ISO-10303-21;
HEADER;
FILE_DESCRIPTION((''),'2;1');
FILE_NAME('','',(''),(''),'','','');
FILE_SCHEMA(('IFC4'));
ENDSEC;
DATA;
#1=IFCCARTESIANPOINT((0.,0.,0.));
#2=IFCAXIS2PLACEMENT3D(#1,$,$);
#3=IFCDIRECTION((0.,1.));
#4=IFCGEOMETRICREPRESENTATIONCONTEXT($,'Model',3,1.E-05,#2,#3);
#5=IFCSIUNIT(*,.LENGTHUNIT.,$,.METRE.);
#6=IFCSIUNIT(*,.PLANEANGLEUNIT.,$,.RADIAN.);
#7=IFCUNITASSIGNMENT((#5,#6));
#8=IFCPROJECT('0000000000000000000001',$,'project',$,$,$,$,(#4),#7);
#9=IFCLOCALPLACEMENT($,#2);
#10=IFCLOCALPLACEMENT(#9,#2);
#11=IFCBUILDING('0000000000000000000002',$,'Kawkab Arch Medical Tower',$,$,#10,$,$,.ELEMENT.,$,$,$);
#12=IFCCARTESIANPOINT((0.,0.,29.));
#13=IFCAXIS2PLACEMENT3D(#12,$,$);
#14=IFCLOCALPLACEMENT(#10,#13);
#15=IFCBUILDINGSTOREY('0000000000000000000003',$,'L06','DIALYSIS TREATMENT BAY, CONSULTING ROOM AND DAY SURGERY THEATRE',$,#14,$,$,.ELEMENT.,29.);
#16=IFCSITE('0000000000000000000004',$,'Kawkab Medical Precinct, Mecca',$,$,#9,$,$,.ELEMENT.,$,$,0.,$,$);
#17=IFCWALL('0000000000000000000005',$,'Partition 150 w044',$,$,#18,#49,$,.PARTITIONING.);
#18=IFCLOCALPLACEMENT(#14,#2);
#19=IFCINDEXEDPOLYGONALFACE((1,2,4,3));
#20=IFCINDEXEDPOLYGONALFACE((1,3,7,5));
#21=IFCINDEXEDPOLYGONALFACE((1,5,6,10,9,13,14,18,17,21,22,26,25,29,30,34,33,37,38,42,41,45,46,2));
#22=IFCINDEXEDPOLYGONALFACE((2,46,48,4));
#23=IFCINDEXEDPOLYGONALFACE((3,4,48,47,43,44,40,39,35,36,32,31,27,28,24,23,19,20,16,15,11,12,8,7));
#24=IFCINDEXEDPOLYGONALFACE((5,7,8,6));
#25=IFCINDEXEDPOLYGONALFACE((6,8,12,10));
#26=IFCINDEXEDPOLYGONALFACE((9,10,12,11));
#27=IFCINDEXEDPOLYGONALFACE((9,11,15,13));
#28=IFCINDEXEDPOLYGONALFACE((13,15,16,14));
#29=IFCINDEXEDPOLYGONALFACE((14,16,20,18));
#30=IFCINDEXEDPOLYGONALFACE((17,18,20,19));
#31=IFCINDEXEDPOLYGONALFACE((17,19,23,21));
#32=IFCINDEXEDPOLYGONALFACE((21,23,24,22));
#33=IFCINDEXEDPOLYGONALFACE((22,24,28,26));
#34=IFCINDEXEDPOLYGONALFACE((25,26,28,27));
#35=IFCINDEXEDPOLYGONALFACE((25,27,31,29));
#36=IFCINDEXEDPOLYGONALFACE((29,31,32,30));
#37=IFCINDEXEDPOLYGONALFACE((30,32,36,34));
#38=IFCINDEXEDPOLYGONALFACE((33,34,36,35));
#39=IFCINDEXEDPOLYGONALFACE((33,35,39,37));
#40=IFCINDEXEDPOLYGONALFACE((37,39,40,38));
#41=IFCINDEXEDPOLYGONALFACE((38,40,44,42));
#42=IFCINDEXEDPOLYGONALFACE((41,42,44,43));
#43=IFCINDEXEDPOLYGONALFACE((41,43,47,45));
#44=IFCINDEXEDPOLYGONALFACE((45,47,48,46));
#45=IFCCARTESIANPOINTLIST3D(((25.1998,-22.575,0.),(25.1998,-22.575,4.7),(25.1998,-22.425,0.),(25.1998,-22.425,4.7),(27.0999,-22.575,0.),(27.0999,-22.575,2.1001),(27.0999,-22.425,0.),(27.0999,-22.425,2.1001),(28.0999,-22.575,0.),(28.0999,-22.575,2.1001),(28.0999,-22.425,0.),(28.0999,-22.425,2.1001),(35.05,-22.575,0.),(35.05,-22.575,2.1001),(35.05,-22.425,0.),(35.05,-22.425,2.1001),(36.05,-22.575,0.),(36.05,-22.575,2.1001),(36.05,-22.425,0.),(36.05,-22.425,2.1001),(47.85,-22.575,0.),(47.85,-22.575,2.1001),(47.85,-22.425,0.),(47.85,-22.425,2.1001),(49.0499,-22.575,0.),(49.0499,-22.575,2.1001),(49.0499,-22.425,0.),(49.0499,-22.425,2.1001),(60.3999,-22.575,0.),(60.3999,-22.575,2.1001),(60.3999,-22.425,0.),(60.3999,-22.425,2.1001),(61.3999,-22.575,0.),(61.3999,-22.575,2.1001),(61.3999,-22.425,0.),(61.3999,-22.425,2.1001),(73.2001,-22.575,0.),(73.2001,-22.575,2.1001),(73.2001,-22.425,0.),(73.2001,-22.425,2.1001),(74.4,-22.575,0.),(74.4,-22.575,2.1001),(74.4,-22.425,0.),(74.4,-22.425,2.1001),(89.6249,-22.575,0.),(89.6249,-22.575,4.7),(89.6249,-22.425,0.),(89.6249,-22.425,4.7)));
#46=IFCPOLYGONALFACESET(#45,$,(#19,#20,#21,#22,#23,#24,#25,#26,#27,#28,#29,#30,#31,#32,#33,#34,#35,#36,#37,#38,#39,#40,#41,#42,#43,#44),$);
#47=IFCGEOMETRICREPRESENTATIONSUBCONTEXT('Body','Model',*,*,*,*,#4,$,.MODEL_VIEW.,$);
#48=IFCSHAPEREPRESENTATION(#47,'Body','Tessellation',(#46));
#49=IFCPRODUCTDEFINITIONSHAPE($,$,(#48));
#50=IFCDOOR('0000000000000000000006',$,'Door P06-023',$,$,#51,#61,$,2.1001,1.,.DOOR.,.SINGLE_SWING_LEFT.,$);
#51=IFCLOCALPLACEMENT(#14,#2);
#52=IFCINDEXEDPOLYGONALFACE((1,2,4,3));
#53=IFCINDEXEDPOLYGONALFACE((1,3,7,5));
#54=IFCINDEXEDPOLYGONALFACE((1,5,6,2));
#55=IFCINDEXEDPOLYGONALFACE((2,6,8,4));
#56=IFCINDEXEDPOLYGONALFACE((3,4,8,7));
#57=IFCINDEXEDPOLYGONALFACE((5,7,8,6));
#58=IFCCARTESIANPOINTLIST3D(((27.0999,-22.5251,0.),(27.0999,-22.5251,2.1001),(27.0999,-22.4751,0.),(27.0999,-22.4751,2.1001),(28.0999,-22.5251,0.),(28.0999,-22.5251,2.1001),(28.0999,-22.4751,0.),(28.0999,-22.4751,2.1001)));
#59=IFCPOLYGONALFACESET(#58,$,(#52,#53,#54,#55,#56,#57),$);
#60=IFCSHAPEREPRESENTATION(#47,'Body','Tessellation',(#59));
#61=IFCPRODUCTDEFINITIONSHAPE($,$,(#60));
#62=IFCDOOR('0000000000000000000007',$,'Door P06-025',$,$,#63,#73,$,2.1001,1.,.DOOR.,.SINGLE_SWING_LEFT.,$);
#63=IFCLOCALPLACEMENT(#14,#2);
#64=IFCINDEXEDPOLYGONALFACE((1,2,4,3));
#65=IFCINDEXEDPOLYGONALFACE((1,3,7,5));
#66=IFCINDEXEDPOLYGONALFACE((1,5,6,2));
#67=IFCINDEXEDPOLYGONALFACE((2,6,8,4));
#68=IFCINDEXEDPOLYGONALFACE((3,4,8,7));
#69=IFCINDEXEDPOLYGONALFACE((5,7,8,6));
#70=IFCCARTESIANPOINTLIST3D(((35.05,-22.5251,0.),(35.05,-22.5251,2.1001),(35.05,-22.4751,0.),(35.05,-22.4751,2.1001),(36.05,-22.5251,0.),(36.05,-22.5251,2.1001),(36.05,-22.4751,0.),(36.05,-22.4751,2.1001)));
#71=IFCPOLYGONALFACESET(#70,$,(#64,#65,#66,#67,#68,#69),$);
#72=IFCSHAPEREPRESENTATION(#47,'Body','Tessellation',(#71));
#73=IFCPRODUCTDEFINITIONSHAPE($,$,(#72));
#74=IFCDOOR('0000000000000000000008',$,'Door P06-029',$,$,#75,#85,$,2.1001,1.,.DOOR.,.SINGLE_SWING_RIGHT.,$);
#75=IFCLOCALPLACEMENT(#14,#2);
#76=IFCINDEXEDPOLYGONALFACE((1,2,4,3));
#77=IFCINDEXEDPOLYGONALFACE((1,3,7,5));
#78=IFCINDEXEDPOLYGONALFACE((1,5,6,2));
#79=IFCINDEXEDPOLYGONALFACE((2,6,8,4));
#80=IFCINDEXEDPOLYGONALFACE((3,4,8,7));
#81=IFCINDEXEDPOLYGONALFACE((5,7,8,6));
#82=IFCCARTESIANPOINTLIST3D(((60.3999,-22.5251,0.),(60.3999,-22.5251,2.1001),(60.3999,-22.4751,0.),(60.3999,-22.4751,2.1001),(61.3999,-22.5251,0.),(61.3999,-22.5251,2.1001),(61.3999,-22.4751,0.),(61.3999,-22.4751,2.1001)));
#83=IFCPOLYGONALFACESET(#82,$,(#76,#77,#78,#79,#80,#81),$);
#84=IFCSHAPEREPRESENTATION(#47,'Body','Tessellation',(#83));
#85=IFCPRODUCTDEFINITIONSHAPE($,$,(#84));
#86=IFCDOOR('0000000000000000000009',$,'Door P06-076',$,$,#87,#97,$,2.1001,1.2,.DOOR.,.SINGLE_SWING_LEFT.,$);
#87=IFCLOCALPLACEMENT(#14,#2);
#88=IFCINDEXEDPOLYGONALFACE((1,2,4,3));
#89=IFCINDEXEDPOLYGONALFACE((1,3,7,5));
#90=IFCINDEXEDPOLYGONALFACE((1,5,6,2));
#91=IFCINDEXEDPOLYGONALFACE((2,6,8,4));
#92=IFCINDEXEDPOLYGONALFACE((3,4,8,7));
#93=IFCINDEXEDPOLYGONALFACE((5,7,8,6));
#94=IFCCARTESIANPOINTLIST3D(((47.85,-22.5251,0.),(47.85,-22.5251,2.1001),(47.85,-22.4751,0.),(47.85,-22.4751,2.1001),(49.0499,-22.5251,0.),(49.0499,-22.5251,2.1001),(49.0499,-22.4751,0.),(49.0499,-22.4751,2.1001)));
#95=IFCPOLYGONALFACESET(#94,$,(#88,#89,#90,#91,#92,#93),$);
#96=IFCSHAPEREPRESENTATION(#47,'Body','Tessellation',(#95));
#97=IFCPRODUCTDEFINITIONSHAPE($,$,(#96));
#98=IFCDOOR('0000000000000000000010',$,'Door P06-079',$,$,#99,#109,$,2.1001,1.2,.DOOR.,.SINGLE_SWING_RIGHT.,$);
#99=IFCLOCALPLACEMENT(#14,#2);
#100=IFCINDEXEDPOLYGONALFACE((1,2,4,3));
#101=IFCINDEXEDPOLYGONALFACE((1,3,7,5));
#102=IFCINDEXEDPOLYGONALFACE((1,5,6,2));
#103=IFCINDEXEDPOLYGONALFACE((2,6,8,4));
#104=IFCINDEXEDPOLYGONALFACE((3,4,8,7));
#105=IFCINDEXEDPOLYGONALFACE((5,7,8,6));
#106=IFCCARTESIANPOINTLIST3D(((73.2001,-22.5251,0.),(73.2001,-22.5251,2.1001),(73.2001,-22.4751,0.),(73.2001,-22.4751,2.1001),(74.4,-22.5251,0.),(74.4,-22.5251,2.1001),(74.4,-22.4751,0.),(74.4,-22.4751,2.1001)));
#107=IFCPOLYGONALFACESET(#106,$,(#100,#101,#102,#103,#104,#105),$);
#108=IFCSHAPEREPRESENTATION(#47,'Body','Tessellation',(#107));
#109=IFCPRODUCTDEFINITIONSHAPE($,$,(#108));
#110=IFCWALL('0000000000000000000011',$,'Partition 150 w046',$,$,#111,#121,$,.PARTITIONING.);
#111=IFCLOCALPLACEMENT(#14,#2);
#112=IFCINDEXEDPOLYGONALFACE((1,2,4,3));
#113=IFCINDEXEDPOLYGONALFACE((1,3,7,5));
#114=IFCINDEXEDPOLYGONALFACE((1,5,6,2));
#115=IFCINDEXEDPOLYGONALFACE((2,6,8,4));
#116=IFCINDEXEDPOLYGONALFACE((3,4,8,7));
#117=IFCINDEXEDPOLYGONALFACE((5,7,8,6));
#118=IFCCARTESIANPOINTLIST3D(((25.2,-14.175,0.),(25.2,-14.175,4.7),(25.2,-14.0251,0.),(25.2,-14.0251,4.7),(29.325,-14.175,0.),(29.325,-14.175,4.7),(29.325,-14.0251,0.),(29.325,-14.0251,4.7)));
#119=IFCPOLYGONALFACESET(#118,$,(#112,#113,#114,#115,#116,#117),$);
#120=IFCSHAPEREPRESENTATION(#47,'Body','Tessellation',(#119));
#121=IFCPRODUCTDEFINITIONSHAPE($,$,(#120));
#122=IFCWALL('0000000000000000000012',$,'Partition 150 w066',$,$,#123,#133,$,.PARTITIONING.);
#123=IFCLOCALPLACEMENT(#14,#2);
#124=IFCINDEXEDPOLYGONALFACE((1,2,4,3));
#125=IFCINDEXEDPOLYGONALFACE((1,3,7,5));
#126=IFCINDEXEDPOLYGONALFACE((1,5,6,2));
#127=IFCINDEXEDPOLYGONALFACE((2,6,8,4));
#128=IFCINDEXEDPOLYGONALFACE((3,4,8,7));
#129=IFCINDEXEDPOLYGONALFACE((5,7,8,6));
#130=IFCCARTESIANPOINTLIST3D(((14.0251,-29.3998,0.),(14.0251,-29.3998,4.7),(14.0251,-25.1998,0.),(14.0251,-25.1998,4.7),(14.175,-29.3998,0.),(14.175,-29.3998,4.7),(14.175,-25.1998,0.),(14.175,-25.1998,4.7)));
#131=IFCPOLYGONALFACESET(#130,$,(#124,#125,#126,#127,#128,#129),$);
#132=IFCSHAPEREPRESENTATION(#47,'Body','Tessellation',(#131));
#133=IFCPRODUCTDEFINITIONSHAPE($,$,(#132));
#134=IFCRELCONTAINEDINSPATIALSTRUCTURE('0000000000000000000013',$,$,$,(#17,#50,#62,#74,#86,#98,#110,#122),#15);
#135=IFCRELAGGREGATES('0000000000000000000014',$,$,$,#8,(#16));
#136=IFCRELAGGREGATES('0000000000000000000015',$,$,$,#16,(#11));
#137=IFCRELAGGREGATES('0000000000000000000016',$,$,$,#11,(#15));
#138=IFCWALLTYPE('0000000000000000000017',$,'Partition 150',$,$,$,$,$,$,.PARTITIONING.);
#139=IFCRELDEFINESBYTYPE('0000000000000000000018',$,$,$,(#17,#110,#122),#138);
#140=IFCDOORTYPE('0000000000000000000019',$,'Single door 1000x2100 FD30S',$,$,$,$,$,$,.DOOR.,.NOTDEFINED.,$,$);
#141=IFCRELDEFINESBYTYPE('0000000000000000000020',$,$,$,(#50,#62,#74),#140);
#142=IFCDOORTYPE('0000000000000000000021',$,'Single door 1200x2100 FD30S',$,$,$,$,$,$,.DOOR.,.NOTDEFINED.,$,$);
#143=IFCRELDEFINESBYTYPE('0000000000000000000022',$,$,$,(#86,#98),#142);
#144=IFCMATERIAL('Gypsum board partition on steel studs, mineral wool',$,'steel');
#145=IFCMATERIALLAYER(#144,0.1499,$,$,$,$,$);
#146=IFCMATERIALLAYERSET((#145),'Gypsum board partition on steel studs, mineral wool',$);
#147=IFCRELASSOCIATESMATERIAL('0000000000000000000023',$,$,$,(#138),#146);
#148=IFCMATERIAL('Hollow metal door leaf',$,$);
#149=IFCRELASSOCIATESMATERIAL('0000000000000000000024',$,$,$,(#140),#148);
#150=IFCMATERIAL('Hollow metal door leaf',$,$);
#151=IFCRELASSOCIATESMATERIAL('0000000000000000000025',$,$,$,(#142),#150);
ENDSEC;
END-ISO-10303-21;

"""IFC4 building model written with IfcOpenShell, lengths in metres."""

from ifc_helpers import new_model, si_unit, direction, frame, frame_2d, origin, place, context, subcontext, project, spatial, rectangle, extrude, material, layer, layer_set, type_object, element, fill, save


model = new_model("IFC4")

# Units and contexts
model_context = context("Model", 3, precision=1e-05, world=origin(), true_north=direction((0.0, 1.0)))
body_context = subcontext(model_context, "Body", "Model", "MODEL_VIEW")
ifc_project = project(units=[si_unit("LENGTHUNIT", "METRE"), si_unit("PLANEANGLEUNIT", "RADIAN")], contexts=[model_context])

# Site, building, storey
site_placement = place(None, origin())
site = spatial("IfcSite", under=ifc_project, at=site_placement, Name="Kawkab Medical Precinct, Mecca", CompositionType="ELEMENT", RefElevation=0.0)
building_placement = place(site_placement, origin())
building = spatial("IfcBuilding", under=site, at=building_placement, Name="Kawkab Arch Medical Tower", CompositionType="ELEMENT")
storey_placement = place(building_placement, frame((0.0, 0.0, 29.0)))
storey = spatial("IfcBuildingStorey", under=building, at=storey_placement, Name="L06", Description="DIALYSIS TREATMENT BAY, CONSULTING ROOM AND DAY SURGERY THEATRE", CompositionType="ELEMENT", Elevation=29.0)

# Wall, openings, doors
ifc_material_1 = material(Name="Gypsum board partition on steel studs, mineral wool", Category="steel")
ifc_layer_1 = layer(ifc_material_1, 0.1499)
ifc_layer_set_1 = layer_set([ifc_layer_1], Name="Gypsum board partition on steel studs, mineral wool")
wall_type_1 = type_object("IfcWallType", Name="Partition 150", PredefinedType="PARTITIONING", material=ifc_layer_set_1)
wall_1_placement = place(storey_placement, frame((25.2, -22.5, 0.0), z_axis=(0.0, 0.0, 1.0), x_axis=(1.0, 0.0, 0.0)))
wall_1 = element("IfcWall", 1, at=wall_1_placement, inside=storey, type_object=wall_type_1, Name="Partition 150 w044", PredefinedType="PARTITIONING", context=body_context, shape_type="SweptSolid", body=[
    extrude(rectangle(XDim=64.425, YDim=0.1499, at=frame_2d((32.2124, 0.0))), origin(), (0.0, 0.0, 1.0), 4.7),
])
opening_1_placement = place(wall_1_placement, frame((1.8999, 0.0, 0.0)))
opening_1 = element("IfcOpeningElement", 2, at=opening_1_placement, cuts=wall_1, PredefinedType="OPENING", context=body_context, shape_type="SweptSolid", body=[
    extrude(rectangle(XDim=1.0, YDim=2.1001, at=frame_2d((0.5, 1.05))), frame((0.0, 0.085, 0.0), z_axis=(0.0, -1.0, 0.0), x_axis=(1.0, 0.0, 0.0)), (0.0, 0.0, 1.0), 0.1699),
])
opening_2_placement = place(wall_1_placement, frame((9.8501, 0.0, 0.0)))
opening_2 = element("IfcOpeningElement", 3, at=opening_2_placement, cuts=wall_1, PredefinedType="OPENING", context=body_context, shape_type="SweptSolid", body=[
    extrude(rectangle(XDim=1.0, YDim=2.1001, at=frame_2d((0.5, 1.05))), frame((0.0, 0.085, 0.0), z_axis=(0.0, -1.0, 0.0), x_axis=(1.0, 0.0, 0.0)), (0.0, 0.0, 1.0), 0.1699),
])
opening_3_placement = place(wall_1_placement, frame((22.6499, 0.0, 0.0)))
opening_3 = element("IfcOpeningElement", 4, at=opening_3_placement, cuts=wall_1, PredefinedType="OPENING", context=body_context, shape_type="SweptSolid", body=[
    extrude(rectangle(XDim=1.2, YDim=2.1001, at=frame_2d((0.6001, 1.05))), frame((0.0, 0.085, 0.0), z_axis=(0.0, -1.0, 0.0), x_axis=(1.0, 0.0, 0.0)), (0.0, 0.0, 1.0), 0.1699),
])
opening_4_placement = place(wall_1_placement, frame((35.2, 0.0, 0.0)))
opening_4 = element("IfcOpeningElement", 5, at=opening_4_placement, cuts=wall_1, PredefinedType="OPENING", context=body_context, shape_type="SweptSolid", body=[
    extrude(rectangle(XDim=1.0, YDim=2.1001, at=frame_2d((0.5, 1.05))), frame((0.0, 0.085, 0.0), z_axis=(0.0, -1.0, 0.0), x_axis=(1.0, 0.0, 0.0)), (0.0, 0.0, 1.0), 0.1699),
])
opening_5_placement = place(wall_1_placement, frame((48.0, 0.0, 0.0)))
opening_5 = element("IfcOpeningElement", 6, at=opening_5_placement, cuts=wall_1, PredefinedType="OPENING", context=body_context, shape_type="SweptSolid", body=[
    extrude(rectangle(XDim=1.2, YDim=2.1001, at=frame_2d((0.6001, 1.05))), frame((0.0, 0.085, 0.0), z_axis=(0.0, -1.0, 0.0), x_axis=(1.0, 0.0, 0.0)), (0.0, 0.0, 1.0), 0.1699),
])
ifc_material_2 = material(Name="Hollow metal door leaf")
door_type_1 = type_object("IfcDoorType", Name="Single door 1000x2100 FD30S", OperationType="NOTDEFINED", PredefinedType="DOOR", material=ifc_material_2)
door_1_placement = place(opening_1_placement, origin())
door_1 = element("IfcDoor", 7, at=door_1_placement, inside=storey, type_object=door_type_1, Name="Door P06-023", OperationType="SINGLE_SWING_LEFT", OverallHeight=2.1001, OverallWidth=1.0, PredefinedType="DOOR", context=body_context, shape_type="SweptSolid", body=[
    extrude(rectangle(XDim=1.0, YDim=2.1001, at=frame_2d((0.5, 1.05))), frame((0.0, 0.0249, 0.0), z_axis=(0.0, -1.0, 0.0), x_axis=(1.0, 0.0, 0.0)), (0.0, 0.0, 1.0), 0.05),
])
fill(opening_1, door_1)
door_2_placement = place(opening_2_placement, origin())
door_2 = element("IfcDoor", 8, at=door_2_placement, inside=storey, type_object=door_type_1, Name="Door P06-025", OperationType="SINGLE_SWING_LEFT", OverallHeight=2.1001, OverallWidth=1.0, PredefinedType="DOOR", context=body_context, shape_type="SweptSolid", body=[
    extrude(rectangle(XDim=1.0, YDim=2.1001, at=frame_2d((0.5, 1.05))), frame((0.0, 0.0249, 0.0), z_axis=(0.0, -1.0, 0.0), x_axis=(1.0, 0.0, 0.0)), (0.0, 0.0, 1.0), 0.05),
])
fill(opening_2, door_2)
door_3_placement = place(opening_4_placement, origin())
door_3 = element("IfcDoor", 9, at=door_3_placement, inside=storey, type_object=door_type_1, Name="Door P06-029", OperationType="SINGLE_SWING_RIGHT", OverallHeight=2.1001, OverallWidth=1.0, PredefinedType="DOOR", context=body_context, shape_type="SweptSolid", body=[
    extrude(rectangle(XDim=1.0, YDim=2.1001, at=frame_2d((0.5, 1.05))), frame((0.0, 0.0249, 0.0), z_axis=(0.0, -1.0, 0.0), x_axis=(1.0, 0.0, 0.0)), (0.0, 0.0, 1.0), 0.05),
])
fill(opening_4, door_3)
ifc_material_3 = material(Name="Hollow metal door leaf")
door_type_2 = type_object("IfcDoorType", Name="Single door 1200x2100 FD30S", OperationType="NOTDEFINED", PredefinedType="DOOR", material=ifc_material_3)
door_4_placement = place(opening_3_placement, origin())
door_4 = element("IfcDoor", 10, at=door_4_placement, inside=storey, type_object=door_type_2, Name="Door P06-076", OperationType="SINGLE_SWING_LEFT", OverallHeight=2.1001, OverallWidth=1.2, PredefinedType="DOOR", context=body_context, shape_type="SweptSolid", body=[
    extrude(rectangle(XDim=1.2, YDim=2.1001, at=frame_2d((0.6001, 1.05))), frame((0.0, 0.0249, 0.0), z_axis=(0.0, -1.0, 0.0), x_axis=(1.0, 0.0, 0.0)), (0.0, 0.0, 1.0), 0.05),
])
fill(opening_3, door_4)
door_5_placement = place(opening_5_placement, origin())
door_5 = element("IfcDoor", 11, at=door_5_placement, inside=storey, type_object=door_type_2, Name="Door P06-079", OperationType="SINGLE_SWING_RIGHT", OverallHeight=2.1001, OverallWidth=1.2, PredefinedType="DOOR", context=body_context, shape_type="SweptSolid", body=[
    extrude(rectangle(XDim=1.2, YDim=2.1001, at=frame_2d((0.6001, 1.05))), frame((0.0, 0.0249, 0.0), z_axis=(0.0, -1.0, 0.0), x_axis=(1.0, 0.0, 0.0)), (0.0, 0.0, 1.0), 0.05),
])
fill(opening_5, door_5)

# Walls
wall_2_placement = place(storey_placement, frame((25.2, -14.1001, 0.0), z_axis=(0.0, 0.0, 1.0), x_axis=(1.0, 0.0, 0.0)))
element("IfcWall", 12, at=wall_2_placement, inside=storey, type_object=wall_type_1, Name="Partition 150 w046", PredefinedType="PARTITIONING", context=body_context, shape_type="SweptSolid", body=[
    extrude(rectangle(XDim=4.125, YDim=0.1499, at=frame_2d((2.0625, 0.0))), origin(), (0.0, 0.0, 1.0), 4.7),
])
wall_3_placement = place(storey_placement, frame((14.1001, -29.3999, 0.0), z_axis=(0.0, 0.0, 1.0), x_axis=(0.0, 1.0, 0.0)))
element("IfcWall", 13, at=wall_3_placement, inside=storey, type_object=wall_type_1, Name="Partition 150 w066", PredefinedType="PARTITIONING", context=body_context, shape_type="SweptSolid", body=[
    extrude(rectangle(XDim=4.2, YDim=0.1499, at=frame_2d((2.1001, 0.0))), origin(), (0.0, 0.0, 1.0), 4.7),
])

save(model, "model.ifc")
